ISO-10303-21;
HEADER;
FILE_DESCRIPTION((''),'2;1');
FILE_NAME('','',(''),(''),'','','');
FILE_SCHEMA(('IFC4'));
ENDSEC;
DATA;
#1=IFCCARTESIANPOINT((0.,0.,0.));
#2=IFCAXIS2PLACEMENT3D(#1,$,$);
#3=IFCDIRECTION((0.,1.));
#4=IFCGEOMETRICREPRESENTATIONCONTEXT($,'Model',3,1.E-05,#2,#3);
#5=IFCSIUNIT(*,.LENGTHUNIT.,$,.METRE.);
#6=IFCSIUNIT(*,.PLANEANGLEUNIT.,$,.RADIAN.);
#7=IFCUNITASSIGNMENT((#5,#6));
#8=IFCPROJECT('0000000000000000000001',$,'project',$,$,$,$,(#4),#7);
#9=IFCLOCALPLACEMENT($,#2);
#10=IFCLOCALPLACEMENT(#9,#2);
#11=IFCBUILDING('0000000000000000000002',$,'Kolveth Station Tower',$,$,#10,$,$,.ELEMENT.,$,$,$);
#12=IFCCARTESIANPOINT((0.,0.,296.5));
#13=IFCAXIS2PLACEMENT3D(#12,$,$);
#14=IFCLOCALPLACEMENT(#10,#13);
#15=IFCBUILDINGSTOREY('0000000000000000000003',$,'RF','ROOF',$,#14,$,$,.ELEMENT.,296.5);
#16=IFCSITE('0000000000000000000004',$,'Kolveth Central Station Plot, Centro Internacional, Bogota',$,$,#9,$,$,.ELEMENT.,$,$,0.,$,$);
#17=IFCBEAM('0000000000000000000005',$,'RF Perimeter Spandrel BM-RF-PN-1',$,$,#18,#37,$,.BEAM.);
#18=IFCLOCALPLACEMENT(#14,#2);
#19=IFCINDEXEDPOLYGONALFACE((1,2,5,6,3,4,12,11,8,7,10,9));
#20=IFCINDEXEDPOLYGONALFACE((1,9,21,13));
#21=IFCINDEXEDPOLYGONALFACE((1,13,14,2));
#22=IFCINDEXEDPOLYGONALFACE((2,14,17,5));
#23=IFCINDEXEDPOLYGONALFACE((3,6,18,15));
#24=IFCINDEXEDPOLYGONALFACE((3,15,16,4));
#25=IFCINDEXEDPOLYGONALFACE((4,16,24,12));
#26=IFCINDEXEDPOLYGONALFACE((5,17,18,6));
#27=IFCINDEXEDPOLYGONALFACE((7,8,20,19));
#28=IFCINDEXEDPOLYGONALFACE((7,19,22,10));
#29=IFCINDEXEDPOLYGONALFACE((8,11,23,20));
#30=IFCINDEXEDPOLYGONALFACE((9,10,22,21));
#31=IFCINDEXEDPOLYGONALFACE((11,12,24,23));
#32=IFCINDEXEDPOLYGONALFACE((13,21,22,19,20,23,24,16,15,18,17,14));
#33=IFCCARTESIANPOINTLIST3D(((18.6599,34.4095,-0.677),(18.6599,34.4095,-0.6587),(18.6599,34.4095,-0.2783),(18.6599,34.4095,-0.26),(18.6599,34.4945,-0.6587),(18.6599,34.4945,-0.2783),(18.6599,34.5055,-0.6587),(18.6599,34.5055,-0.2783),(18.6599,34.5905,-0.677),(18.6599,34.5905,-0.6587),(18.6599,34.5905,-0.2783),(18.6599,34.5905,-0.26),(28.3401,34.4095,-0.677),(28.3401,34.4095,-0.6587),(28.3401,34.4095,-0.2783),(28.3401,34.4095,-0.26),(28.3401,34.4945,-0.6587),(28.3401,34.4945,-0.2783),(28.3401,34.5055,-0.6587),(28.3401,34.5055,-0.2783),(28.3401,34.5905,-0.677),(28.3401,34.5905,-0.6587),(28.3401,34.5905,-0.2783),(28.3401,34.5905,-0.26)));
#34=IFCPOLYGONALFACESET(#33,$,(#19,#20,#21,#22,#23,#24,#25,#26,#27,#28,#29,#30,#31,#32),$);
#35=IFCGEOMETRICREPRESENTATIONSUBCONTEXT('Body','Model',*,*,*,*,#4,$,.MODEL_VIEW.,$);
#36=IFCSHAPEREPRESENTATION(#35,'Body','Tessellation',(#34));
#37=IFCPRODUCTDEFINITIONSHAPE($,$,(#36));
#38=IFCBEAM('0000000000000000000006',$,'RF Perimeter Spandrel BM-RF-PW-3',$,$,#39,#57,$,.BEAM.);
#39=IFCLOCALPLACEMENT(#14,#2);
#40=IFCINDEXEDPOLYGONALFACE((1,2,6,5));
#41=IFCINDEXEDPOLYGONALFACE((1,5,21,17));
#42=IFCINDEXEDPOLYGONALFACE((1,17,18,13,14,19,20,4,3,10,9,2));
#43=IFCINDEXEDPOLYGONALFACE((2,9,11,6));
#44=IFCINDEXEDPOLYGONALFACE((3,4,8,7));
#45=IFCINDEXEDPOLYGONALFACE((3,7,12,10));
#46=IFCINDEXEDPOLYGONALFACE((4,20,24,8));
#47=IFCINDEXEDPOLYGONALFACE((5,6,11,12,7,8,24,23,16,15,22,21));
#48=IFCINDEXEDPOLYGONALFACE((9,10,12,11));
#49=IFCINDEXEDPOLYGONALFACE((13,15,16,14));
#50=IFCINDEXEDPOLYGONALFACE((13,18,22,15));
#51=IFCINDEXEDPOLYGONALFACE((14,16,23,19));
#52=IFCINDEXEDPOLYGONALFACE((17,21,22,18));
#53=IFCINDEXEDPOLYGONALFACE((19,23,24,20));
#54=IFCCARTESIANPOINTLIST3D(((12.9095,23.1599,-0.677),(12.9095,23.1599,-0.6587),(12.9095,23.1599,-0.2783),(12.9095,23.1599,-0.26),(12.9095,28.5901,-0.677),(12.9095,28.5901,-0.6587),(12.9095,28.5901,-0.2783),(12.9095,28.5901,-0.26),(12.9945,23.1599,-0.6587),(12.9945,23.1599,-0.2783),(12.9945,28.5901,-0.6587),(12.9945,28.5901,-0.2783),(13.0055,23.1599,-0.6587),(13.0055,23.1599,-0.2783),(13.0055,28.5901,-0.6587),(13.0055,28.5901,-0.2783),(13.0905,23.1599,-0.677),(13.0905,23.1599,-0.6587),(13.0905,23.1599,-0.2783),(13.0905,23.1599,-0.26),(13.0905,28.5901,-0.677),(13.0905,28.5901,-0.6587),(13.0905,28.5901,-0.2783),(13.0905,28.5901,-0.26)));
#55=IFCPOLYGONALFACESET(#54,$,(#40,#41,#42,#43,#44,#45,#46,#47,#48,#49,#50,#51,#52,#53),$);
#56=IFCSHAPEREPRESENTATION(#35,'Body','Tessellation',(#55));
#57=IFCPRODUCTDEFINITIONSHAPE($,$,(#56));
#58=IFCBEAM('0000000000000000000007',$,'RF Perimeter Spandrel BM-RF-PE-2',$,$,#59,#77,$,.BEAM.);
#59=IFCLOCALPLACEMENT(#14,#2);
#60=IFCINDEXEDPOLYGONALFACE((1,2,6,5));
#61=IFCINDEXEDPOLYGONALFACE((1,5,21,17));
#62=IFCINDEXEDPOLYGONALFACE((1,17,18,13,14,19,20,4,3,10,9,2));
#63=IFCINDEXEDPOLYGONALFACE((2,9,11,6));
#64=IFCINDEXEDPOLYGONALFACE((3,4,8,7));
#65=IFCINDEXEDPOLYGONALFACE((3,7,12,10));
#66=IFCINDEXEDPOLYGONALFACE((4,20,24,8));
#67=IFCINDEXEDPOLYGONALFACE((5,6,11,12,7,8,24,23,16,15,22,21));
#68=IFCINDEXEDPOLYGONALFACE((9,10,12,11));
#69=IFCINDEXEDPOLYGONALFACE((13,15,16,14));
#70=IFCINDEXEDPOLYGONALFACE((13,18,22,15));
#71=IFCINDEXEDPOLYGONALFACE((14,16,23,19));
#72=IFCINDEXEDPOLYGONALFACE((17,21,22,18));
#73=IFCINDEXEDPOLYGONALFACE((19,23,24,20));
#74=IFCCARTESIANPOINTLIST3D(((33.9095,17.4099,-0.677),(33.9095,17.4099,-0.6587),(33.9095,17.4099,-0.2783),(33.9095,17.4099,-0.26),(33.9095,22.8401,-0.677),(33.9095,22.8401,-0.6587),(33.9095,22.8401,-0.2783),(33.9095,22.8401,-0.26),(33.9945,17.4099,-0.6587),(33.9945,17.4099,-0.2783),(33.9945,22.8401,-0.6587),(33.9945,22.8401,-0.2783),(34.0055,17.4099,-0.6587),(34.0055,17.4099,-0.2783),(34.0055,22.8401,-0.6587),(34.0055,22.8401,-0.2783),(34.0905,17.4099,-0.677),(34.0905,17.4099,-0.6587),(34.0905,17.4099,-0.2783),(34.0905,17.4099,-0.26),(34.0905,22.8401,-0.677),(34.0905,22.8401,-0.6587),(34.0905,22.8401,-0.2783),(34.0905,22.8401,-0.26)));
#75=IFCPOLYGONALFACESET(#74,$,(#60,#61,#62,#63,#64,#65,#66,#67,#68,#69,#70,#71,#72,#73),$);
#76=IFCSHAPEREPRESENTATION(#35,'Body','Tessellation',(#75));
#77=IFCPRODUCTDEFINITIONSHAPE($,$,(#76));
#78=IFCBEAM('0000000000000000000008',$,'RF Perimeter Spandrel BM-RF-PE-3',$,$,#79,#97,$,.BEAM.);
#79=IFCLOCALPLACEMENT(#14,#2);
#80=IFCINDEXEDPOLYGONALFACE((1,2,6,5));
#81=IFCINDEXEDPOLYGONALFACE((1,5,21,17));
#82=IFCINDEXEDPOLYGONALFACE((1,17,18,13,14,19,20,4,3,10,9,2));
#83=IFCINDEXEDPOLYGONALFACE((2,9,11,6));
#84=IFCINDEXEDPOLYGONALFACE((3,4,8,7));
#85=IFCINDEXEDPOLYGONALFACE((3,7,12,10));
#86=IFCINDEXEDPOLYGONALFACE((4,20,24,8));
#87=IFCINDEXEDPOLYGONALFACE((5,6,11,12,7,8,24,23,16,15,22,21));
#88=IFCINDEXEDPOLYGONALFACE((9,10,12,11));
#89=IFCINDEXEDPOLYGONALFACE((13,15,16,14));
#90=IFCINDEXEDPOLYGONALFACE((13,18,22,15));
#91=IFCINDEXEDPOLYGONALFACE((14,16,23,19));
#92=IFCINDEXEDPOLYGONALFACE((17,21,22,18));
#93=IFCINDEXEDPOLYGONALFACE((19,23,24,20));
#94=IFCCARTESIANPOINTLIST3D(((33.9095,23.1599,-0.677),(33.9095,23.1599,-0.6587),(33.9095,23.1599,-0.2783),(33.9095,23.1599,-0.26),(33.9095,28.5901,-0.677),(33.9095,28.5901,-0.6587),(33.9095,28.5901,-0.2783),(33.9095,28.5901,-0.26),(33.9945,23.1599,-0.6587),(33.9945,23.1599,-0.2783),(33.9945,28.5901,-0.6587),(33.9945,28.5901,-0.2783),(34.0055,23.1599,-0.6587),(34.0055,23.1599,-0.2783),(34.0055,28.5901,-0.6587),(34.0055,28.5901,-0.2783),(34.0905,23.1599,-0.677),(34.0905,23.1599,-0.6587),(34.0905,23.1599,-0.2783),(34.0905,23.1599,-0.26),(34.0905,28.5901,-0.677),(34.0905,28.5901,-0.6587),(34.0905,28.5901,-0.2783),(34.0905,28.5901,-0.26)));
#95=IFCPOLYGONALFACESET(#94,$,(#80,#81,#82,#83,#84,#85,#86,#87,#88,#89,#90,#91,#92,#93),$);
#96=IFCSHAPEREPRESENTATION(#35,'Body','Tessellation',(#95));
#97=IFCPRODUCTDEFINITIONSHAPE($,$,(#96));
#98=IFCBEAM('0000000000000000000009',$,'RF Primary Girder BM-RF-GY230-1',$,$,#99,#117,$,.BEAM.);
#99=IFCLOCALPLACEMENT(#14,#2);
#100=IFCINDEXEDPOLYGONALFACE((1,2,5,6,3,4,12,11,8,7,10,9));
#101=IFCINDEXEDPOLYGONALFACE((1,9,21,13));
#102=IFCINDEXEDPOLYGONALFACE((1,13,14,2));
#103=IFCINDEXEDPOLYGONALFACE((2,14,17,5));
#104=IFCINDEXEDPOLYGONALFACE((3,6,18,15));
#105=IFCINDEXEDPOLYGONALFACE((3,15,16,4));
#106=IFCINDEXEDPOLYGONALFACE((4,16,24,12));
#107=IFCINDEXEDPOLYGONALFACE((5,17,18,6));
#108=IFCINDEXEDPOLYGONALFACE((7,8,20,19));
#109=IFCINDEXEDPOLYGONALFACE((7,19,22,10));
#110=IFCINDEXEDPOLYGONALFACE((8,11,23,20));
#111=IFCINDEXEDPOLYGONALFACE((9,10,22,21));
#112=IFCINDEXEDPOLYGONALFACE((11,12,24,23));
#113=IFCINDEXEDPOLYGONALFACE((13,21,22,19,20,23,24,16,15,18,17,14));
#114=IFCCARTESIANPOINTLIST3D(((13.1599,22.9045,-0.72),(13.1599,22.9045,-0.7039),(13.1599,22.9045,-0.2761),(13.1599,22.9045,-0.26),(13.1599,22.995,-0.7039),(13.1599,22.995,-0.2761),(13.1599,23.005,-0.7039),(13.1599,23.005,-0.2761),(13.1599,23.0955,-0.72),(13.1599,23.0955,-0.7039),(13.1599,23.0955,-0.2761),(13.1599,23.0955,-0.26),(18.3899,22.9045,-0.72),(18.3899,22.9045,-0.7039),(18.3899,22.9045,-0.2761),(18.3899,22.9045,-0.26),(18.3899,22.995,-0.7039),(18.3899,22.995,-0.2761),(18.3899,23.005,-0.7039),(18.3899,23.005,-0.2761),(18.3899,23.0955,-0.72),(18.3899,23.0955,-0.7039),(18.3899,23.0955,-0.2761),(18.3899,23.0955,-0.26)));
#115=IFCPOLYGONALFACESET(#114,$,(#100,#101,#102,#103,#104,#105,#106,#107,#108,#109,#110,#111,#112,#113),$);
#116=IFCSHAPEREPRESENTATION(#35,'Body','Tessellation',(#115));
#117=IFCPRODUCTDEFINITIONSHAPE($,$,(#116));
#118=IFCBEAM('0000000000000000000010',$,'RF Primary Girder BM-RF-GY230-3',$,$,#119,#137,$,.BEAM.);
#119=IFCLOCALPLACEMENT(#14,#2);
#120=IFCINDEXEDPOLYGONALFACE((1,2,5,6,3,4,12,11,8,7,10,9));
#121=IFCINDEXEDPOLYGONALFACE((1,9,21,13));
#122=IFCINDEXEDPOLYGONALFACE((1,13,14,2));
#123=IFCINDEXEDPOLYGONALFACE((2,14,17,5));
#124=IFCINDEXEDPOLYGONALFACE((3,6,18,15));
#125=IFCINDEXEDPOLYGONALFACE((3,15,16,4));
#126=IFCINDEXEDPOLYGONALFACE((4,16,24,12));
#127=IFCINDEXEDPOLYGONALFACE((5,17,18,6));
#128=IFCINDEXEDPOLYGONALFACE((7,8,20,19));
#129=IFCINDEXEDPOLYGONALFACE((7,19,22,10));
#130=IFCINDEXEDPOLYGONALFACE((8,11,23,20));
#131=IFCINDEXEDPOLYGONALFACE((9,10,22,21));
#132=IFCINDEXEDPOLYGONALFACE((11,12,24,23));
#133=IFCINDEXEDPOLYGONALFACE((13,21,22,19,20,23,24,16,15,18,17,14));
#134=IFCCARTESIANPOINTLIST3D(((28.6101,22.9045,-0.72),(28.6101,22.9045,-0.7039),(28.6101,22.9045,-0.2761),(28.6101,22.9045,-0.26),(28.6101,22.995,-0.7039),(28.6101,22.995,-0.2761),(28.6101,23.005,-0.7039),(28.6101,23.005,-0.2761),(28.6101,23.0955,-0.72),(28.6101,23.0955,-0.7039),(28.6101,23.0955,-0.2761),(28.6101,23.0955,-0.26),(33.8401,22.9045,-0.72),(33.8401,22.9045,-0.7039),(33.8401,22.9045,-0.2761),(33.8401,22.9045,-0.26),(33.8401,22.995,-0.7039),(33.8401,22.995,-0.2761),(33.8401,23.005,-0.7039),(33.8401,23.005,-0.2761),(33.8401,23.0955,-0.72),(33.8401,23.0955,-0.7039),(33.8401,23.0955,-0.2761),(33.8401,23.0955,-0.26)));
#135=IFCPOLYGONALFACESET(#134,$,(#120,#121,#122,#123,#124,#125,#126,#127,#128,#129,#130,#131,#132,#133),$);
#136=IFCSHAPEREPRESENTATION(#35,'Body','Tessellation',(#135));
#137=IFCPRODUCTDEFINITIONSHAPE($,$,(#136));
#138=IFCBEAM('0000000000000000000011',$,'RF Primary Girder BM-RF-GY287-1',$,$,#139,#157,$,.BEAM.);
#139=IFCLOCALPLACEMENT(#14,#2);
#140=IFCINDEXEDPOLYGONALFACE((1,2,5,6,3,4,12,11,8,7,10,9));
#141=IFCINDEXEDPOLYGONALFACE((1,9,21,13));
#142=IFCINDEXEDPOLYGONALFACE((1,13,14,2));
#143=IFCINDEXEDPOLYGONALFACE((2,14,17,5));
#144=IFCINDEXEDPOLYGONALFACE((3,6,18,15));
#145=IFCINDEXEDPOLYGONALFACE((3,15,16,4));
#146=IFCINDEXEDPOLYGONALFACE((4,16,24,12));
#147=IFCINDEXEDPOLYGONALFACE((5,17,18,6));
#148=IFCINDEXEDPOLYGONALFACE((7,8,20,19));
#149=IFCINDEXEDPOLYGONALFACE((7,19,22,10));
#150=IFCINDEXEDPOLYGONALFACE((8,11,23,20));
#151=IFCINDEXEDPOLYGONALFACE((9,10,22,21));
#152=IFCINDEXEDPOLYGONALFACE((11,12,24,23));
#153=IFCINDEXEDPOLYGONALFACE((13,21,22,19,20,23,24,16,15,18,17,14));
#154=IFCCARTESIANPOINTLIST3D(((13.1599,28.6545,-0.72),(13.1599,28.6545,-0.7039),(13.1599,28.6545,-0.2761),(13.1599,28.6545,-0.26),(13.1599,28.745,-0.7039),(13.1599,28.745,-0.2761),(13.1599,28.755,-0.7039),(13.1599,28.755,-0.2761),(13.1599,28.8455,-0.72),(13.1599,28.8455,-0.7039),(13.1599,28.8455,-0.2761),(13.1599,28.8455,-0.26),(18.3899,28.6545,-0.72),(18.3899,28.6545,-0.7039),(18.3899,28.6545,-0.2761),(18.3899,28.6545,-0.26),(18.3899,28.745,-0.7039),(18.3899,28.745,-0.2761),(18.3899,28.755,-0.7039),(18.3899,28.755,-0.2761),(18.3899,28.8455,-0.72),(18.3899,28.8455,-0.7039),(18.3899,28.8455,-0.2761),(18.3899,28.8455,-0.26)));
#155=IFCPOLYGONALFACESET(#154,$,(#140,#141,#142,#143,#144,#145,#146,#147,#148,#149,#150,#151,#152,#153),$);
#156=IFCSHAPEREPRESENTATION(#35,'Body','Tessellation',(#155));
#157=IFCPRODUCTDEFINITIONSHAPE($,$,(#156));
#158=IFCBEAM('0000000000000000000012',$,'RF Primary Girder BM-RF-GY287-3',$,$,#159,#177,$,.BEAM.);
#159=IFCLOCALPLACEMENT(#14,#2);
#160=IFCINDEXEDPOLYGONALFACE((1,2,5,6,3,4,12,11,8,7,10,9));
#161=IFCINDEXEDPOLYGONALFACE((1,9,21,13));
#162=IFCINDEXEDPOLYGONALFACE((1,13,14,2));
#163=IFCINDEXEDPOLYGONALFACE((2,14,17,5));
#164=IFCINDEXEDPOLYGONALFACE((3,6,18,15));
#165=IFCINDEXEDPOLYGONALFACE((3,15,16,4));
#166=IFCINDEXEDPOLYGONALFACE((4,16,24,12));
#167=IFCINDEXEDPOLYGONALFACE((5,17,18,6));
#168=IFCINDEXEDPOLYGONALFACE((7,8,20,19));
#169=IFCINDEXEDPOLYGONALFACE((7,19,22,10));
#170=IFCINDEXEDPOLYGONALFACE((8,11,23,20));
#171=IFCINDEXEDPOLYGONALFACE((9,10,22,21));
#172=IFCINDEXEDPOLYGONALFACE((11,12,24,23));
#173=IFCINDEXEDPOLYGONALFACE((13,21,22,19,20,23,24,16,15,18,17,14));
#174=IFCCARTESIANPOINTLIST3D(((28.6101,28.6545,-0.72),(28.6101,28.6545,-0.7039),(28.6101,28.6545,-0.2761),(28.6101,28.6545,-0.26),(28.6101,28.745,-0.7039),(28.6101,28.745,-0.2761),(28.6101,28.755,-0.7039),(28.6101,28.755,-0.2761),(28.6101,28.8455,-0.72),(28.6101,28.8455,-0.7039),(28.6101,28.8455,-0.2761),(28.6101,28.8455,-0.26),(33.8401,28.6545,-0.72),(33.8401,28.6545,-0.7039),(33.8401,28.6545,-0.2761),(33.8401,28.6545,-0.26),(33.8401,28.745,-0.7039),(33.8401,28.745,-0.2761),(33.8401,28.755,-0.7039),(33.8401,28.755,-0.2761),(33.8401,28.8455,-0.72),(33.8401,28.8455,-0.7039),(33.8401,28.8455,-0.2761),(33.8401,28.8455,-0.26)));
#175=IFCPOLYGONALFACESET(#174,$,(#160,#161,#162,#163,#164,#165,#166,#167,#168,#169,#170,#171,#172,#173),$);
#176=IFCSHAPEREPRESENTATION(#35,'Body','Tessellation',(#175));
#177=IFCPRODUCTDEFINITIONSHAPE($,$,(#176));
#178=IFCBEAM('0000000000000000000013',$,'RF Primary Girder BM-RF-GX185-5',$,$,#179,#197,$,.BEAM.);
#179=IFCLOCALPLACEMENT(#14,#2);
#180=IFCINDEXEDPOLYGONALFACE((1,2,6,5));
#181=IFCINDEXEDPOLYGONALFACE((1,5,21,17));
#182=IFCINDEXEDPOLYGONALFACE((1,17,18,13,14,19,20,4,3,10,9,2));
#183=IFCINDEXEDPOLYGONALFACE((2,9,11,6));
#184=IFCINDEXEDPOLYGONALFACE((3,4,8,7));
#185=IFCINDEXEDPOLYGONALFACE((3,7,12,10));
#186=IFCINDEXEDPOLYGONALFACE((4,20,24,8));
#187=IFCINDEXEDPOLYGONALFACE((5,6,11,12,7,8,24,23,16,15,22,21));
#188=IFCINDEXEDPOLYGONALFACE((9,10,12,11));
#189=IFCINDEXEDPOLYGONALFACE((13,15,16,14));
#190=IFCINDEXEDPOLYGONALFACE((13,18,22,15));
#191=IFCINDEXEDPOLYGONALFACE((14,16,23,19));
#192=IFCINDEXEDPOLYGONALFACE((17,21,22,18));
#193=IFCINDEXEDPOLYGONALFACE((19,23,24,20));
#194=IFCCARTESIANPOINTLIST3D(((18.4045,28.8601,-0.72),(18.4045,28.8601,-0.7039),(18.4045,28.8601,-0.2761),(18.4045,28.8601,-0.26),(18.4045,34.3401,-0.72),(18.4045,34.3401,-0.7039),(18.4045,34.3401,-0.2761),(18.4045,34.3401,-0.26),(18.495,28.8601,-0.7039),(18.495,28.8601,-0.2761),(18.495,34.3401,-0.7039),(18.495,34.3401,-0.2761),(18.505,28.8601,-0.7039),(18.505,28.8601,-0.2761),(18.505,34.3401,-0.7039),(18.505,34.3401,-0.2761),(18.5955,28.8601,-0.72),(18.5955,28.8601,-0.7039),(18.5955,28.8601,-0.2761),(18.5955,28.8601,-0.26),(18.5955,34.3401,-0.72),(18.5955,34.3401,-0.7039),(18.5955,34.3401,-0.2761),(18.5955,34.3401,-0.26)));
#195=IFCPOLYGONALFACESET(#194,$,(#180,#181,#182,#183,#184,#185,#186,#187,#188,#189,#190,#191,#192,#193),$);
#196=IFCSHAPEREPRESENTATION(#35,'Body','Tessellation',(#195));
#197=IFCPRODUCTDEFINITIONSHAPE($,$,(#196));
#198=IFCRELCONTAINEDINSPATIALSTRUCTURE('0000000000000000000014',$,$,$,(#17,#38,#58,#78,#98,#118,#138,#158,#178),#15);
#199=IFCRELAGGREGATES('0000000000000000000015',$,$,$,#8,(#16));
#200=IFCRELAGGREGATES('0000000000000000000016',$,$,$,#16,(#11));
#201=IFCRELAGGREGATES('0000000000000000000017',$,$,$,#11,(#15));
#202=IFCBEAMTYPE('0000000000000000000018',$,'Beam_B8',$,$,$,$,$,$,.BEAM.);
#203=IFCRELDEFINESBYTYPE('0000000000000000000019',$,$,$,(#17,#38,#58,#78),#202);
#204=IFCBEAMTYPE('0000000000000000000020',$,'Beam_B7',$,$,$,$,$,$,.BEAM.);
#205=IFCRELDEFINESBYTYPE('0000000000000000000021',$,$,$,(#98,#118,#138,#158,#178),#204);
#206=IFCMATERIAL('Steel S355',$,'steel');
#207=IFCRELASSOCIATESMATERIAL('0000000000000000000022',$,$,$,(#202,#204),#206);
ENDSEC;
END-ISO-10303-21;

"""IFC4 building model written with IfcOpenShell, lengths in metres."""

from ifc_helpers import new_model, si_unit, direction, frame, origin, origin_2d, place, context, subcontext, project, spatial, i_section, extrude, source, transform, mapped, material, material_profile, profile_set, type_object, element, save


model = new_model("IFC4")

# Units and contexts
model_context = context("Model", 3, precision=1e-05, world=origin(), true_north=direction((0.0, 1.0)))
body_context = subcontext(model_context, "Body", "Model", "MODEL_VIEW")
ifc_project = project(units=[si_unit("LENGTHUNIT", "METRE"), si_unit("PLANEANGLEUNIT", "RADIAN")], contexts=[model_context])

# Site, building, storey
site_placement = place(None, origin())
site = spatial("IfcSite", under=ifc_project, at=site_placement, Name="Kolveth Central Station Plot, Centro Internacional, Bogota", CompositionType="ELEMENT", RefElevation=0.0)
building_placement = place(site_placement, origin())
building = spatial("IfcBuilding", under=site, at=building_placement, Name="Kolveth Station Tower", CompositionType="ELEMENT")
storey_placement = place(building_placement, frame((0.0, 0.0, 296.5)))
storey = spatial("IfcBuildingStorey", under=building, at=storey_placement, Name="RF", Description="ROOF", CompositionType="ELEMENT", Elevation=296.5)

# Beams
ifc_material_1 = material(Name="Steel S355", Category="steel")
ifc_material_profile_1 = material_profile(ifc_material_1, i_section(OverallWidth=0.1809, OverallDepth=0.417, WebThickness=0.011, FlangeThickness=0.0183, at=origin_2d()), Name="W410x85")
ifc_profile_set_1 = profile_set([ifc_material_profile_1], Name="Steel S355")
beam_type_1 = type_object("IfcBeamType", Name="Beam_B8", PredefinedType="BEAM", material=ifc_profile_set_1)
shared_shape_1 = source(origin(), body_context, "Body", "SweptSolid", [
    extrude(i_section(OverallWidth=0.1809, OverallDepth=0.417, WebThickness=0.011, FlangeThickness=0.0183, at=origin_2d()), origin(), (0.0, 0.0, 1.0), 9.6802),
])
beam_1_placement = place(storey_placement, frame((18.6599, 34.5, -0.4685), z_axis=(1.0, 0.0, 0.0), x_axis=(0.0, 1.0, 0.0)))
element("IfcBeam", 1, at=beam_1_placement, inside=storey, type_object=beam_type_1, Name="RF Perimeter Spandrel BM-RF-PN-1", PredefinedType="BEAM", context=body_context, shape_type="MappedRepresentation", body=[
    mapped(shared_shape_1, transform((0.0, 0.0, 0.0), x_axis=(1.0, 0.0, 0.0), y_axis=(0.0, 1.0, 0.0), z_axis=(0.0, 0.0, 1.0), scale=1.0)),
])
shared_shape_2 = source(origin(), body_context, "Body", "SweptSolid", [
    extrude(i_section(OverallWidth=0.1809, OverallDepth=0.417, WebThickness=0.011, FlangeThickness=0.0183, at=origin_2d()), origin(), (0.0, 0.0, 1.0), 5.4302),
])
for number, where, z_axis, x_axis, name in (
    (2, (13.0, 23.1599, -0.4685), (0.0, 1.0, 0.0), (-1.0, 0.0, 0.0), "RF Perimeter Spandrel BM-RF-PW-3"),
    (3, (34.0, 17.4099, -0.4685), (0.0, 1.0, 0.0), (-1.0, 0.0, 0.0), "RF Perimeter Spandrel BM-RF-PE-2"),
    (4, (34.0, 23.1599, -0.4685), (0.0, 1.0, 0.0), (-1.0, 0.0, 0.0), "RF Perimeter Spandrel BM-RF-PE-3"),
):
    element("IfcBeam", number, at=place(storey_placement, frame(where, z_axis=z_axis, x_axis=x_axis)), inside=storey, type_object=beam_type_1, Name=name, PredefinedType="BEAM", context=body_context, shape_type="MappedRepresentation", body=[
        mapped(shared_shape_2, transform((0.0, 0.0, 0.0), x_axis=(1.0, 0.0, 0.0), y_axis=(0.0, 1.0, 0.0), z_axis=(0.0, 0.0, 1.0), scale=1.0)),
    ])
ifc_material_profile_2 = material_profile(ifc_material_1, i_section(OverallWidth=0.1909, OverallDepth=0.46, WebThickness=0.01, FlangeThickness=0.0161, at=origin_2d()), Name="W460x82")
ifc_profile_set_2 = profile_set([ifc_material_profile_2], Name="Steel S355")
beam_type_2 = type_object("IfcBeamType", Name="Beam_B7", PredefinedType="BEAM", material=ifc_profile_set_2)
shared_shape_3 = source(origin(), body_context, "Body", "SweptSolid", [
    extrude(i_section(OverallWidth=0.1909, OverallDepth=0.46, WebThickness=0.01, FlangeThickness=0.0161, at=origin_2d()), origin(), (0.0, 0.0, 1.0), 5.23),
])
for number, where, z_axis, x_axis, name in (
    (5, (13.1599, 23.0, -0.49), (1.0, 0.0, 0.0), (0.0, 1.0, 0.0), "RF Primary Girder BM-RF-GY230-1"),
    (6, (28.6101, 23.0, -0.49), (1.0, 0.0, 0.0), (0.0, 1.0, 0.0), "RF Primary Girder BM-RF-GY230-3"),
    (7, (13.1599, 28.75, -0.49), (1.0, 0.0, 0.0), (0.0, 1.0, 0.0), "RF Primary Girder BM-RF-GY287-1"),
    (8, (28.6101, 28.75, -0.49), (1.0, 0.0, 0.0), (0.0, 1.0, 0.0), "RF Primary Girder BM-RF-GY287-3"),
):
    element("IfcBeam", number, at=place(storey_placement, frame(where, z_axis=z_axis, x_axis=x_axis)), inside=storey, type_object=beam_type_2, Name=name, PredefinedType="BEAM", context=body_context, shape_type="MappedRepresentation", body=[
        mapped(shared_shape_3, transform((0.0, 0.0, 0.0), x_axis=(1.0, 0.0, 0.0), y_axis=(0.0, 1.0, 0.0), z_axis=(0.0, 0.0, 1.0), scale=1.0)),
    ])
shared_shape_4 = source(origin(), body_context, "Body", "SweptSolid", [
    extrude(i_section(OverallWidth=0.1909, OverallDepth=0.46, WebThickness=0.01, FlangeThickness=0.0161, at=origin_2d()), origin(), (0.0, 0.0, 1.0), 5.48),
])
for number, where, z_axis, x_axis, name in (
    (9, (18.5, 28.8601, -0.49), (0.0, 1.0, 0.0), (-1.0, 0.0, 0.0), "RF Primary Girder BM-RF-GX185-5"),
):
    element("IfcBeam", number, at=place(storey_placement, frame(where, z_axis=z_axis, x_axis=x_axis)), inside=storey, type_object=beam_type_2, Name=name, PredefinedType="BEAM", context=body_context, shape_type="MappedRepresentation", body=[
        mapped(shared_shape_4, transform((0.0, 0.0, 0.0), x_axis=(1.0, 0.0, 0.0), y_axis=(0.0, 1.0, 0.0), z_axis=(0.0, 0.0, 1.0), scale=1.0)),
    ])

save(model, "model.ifc")
